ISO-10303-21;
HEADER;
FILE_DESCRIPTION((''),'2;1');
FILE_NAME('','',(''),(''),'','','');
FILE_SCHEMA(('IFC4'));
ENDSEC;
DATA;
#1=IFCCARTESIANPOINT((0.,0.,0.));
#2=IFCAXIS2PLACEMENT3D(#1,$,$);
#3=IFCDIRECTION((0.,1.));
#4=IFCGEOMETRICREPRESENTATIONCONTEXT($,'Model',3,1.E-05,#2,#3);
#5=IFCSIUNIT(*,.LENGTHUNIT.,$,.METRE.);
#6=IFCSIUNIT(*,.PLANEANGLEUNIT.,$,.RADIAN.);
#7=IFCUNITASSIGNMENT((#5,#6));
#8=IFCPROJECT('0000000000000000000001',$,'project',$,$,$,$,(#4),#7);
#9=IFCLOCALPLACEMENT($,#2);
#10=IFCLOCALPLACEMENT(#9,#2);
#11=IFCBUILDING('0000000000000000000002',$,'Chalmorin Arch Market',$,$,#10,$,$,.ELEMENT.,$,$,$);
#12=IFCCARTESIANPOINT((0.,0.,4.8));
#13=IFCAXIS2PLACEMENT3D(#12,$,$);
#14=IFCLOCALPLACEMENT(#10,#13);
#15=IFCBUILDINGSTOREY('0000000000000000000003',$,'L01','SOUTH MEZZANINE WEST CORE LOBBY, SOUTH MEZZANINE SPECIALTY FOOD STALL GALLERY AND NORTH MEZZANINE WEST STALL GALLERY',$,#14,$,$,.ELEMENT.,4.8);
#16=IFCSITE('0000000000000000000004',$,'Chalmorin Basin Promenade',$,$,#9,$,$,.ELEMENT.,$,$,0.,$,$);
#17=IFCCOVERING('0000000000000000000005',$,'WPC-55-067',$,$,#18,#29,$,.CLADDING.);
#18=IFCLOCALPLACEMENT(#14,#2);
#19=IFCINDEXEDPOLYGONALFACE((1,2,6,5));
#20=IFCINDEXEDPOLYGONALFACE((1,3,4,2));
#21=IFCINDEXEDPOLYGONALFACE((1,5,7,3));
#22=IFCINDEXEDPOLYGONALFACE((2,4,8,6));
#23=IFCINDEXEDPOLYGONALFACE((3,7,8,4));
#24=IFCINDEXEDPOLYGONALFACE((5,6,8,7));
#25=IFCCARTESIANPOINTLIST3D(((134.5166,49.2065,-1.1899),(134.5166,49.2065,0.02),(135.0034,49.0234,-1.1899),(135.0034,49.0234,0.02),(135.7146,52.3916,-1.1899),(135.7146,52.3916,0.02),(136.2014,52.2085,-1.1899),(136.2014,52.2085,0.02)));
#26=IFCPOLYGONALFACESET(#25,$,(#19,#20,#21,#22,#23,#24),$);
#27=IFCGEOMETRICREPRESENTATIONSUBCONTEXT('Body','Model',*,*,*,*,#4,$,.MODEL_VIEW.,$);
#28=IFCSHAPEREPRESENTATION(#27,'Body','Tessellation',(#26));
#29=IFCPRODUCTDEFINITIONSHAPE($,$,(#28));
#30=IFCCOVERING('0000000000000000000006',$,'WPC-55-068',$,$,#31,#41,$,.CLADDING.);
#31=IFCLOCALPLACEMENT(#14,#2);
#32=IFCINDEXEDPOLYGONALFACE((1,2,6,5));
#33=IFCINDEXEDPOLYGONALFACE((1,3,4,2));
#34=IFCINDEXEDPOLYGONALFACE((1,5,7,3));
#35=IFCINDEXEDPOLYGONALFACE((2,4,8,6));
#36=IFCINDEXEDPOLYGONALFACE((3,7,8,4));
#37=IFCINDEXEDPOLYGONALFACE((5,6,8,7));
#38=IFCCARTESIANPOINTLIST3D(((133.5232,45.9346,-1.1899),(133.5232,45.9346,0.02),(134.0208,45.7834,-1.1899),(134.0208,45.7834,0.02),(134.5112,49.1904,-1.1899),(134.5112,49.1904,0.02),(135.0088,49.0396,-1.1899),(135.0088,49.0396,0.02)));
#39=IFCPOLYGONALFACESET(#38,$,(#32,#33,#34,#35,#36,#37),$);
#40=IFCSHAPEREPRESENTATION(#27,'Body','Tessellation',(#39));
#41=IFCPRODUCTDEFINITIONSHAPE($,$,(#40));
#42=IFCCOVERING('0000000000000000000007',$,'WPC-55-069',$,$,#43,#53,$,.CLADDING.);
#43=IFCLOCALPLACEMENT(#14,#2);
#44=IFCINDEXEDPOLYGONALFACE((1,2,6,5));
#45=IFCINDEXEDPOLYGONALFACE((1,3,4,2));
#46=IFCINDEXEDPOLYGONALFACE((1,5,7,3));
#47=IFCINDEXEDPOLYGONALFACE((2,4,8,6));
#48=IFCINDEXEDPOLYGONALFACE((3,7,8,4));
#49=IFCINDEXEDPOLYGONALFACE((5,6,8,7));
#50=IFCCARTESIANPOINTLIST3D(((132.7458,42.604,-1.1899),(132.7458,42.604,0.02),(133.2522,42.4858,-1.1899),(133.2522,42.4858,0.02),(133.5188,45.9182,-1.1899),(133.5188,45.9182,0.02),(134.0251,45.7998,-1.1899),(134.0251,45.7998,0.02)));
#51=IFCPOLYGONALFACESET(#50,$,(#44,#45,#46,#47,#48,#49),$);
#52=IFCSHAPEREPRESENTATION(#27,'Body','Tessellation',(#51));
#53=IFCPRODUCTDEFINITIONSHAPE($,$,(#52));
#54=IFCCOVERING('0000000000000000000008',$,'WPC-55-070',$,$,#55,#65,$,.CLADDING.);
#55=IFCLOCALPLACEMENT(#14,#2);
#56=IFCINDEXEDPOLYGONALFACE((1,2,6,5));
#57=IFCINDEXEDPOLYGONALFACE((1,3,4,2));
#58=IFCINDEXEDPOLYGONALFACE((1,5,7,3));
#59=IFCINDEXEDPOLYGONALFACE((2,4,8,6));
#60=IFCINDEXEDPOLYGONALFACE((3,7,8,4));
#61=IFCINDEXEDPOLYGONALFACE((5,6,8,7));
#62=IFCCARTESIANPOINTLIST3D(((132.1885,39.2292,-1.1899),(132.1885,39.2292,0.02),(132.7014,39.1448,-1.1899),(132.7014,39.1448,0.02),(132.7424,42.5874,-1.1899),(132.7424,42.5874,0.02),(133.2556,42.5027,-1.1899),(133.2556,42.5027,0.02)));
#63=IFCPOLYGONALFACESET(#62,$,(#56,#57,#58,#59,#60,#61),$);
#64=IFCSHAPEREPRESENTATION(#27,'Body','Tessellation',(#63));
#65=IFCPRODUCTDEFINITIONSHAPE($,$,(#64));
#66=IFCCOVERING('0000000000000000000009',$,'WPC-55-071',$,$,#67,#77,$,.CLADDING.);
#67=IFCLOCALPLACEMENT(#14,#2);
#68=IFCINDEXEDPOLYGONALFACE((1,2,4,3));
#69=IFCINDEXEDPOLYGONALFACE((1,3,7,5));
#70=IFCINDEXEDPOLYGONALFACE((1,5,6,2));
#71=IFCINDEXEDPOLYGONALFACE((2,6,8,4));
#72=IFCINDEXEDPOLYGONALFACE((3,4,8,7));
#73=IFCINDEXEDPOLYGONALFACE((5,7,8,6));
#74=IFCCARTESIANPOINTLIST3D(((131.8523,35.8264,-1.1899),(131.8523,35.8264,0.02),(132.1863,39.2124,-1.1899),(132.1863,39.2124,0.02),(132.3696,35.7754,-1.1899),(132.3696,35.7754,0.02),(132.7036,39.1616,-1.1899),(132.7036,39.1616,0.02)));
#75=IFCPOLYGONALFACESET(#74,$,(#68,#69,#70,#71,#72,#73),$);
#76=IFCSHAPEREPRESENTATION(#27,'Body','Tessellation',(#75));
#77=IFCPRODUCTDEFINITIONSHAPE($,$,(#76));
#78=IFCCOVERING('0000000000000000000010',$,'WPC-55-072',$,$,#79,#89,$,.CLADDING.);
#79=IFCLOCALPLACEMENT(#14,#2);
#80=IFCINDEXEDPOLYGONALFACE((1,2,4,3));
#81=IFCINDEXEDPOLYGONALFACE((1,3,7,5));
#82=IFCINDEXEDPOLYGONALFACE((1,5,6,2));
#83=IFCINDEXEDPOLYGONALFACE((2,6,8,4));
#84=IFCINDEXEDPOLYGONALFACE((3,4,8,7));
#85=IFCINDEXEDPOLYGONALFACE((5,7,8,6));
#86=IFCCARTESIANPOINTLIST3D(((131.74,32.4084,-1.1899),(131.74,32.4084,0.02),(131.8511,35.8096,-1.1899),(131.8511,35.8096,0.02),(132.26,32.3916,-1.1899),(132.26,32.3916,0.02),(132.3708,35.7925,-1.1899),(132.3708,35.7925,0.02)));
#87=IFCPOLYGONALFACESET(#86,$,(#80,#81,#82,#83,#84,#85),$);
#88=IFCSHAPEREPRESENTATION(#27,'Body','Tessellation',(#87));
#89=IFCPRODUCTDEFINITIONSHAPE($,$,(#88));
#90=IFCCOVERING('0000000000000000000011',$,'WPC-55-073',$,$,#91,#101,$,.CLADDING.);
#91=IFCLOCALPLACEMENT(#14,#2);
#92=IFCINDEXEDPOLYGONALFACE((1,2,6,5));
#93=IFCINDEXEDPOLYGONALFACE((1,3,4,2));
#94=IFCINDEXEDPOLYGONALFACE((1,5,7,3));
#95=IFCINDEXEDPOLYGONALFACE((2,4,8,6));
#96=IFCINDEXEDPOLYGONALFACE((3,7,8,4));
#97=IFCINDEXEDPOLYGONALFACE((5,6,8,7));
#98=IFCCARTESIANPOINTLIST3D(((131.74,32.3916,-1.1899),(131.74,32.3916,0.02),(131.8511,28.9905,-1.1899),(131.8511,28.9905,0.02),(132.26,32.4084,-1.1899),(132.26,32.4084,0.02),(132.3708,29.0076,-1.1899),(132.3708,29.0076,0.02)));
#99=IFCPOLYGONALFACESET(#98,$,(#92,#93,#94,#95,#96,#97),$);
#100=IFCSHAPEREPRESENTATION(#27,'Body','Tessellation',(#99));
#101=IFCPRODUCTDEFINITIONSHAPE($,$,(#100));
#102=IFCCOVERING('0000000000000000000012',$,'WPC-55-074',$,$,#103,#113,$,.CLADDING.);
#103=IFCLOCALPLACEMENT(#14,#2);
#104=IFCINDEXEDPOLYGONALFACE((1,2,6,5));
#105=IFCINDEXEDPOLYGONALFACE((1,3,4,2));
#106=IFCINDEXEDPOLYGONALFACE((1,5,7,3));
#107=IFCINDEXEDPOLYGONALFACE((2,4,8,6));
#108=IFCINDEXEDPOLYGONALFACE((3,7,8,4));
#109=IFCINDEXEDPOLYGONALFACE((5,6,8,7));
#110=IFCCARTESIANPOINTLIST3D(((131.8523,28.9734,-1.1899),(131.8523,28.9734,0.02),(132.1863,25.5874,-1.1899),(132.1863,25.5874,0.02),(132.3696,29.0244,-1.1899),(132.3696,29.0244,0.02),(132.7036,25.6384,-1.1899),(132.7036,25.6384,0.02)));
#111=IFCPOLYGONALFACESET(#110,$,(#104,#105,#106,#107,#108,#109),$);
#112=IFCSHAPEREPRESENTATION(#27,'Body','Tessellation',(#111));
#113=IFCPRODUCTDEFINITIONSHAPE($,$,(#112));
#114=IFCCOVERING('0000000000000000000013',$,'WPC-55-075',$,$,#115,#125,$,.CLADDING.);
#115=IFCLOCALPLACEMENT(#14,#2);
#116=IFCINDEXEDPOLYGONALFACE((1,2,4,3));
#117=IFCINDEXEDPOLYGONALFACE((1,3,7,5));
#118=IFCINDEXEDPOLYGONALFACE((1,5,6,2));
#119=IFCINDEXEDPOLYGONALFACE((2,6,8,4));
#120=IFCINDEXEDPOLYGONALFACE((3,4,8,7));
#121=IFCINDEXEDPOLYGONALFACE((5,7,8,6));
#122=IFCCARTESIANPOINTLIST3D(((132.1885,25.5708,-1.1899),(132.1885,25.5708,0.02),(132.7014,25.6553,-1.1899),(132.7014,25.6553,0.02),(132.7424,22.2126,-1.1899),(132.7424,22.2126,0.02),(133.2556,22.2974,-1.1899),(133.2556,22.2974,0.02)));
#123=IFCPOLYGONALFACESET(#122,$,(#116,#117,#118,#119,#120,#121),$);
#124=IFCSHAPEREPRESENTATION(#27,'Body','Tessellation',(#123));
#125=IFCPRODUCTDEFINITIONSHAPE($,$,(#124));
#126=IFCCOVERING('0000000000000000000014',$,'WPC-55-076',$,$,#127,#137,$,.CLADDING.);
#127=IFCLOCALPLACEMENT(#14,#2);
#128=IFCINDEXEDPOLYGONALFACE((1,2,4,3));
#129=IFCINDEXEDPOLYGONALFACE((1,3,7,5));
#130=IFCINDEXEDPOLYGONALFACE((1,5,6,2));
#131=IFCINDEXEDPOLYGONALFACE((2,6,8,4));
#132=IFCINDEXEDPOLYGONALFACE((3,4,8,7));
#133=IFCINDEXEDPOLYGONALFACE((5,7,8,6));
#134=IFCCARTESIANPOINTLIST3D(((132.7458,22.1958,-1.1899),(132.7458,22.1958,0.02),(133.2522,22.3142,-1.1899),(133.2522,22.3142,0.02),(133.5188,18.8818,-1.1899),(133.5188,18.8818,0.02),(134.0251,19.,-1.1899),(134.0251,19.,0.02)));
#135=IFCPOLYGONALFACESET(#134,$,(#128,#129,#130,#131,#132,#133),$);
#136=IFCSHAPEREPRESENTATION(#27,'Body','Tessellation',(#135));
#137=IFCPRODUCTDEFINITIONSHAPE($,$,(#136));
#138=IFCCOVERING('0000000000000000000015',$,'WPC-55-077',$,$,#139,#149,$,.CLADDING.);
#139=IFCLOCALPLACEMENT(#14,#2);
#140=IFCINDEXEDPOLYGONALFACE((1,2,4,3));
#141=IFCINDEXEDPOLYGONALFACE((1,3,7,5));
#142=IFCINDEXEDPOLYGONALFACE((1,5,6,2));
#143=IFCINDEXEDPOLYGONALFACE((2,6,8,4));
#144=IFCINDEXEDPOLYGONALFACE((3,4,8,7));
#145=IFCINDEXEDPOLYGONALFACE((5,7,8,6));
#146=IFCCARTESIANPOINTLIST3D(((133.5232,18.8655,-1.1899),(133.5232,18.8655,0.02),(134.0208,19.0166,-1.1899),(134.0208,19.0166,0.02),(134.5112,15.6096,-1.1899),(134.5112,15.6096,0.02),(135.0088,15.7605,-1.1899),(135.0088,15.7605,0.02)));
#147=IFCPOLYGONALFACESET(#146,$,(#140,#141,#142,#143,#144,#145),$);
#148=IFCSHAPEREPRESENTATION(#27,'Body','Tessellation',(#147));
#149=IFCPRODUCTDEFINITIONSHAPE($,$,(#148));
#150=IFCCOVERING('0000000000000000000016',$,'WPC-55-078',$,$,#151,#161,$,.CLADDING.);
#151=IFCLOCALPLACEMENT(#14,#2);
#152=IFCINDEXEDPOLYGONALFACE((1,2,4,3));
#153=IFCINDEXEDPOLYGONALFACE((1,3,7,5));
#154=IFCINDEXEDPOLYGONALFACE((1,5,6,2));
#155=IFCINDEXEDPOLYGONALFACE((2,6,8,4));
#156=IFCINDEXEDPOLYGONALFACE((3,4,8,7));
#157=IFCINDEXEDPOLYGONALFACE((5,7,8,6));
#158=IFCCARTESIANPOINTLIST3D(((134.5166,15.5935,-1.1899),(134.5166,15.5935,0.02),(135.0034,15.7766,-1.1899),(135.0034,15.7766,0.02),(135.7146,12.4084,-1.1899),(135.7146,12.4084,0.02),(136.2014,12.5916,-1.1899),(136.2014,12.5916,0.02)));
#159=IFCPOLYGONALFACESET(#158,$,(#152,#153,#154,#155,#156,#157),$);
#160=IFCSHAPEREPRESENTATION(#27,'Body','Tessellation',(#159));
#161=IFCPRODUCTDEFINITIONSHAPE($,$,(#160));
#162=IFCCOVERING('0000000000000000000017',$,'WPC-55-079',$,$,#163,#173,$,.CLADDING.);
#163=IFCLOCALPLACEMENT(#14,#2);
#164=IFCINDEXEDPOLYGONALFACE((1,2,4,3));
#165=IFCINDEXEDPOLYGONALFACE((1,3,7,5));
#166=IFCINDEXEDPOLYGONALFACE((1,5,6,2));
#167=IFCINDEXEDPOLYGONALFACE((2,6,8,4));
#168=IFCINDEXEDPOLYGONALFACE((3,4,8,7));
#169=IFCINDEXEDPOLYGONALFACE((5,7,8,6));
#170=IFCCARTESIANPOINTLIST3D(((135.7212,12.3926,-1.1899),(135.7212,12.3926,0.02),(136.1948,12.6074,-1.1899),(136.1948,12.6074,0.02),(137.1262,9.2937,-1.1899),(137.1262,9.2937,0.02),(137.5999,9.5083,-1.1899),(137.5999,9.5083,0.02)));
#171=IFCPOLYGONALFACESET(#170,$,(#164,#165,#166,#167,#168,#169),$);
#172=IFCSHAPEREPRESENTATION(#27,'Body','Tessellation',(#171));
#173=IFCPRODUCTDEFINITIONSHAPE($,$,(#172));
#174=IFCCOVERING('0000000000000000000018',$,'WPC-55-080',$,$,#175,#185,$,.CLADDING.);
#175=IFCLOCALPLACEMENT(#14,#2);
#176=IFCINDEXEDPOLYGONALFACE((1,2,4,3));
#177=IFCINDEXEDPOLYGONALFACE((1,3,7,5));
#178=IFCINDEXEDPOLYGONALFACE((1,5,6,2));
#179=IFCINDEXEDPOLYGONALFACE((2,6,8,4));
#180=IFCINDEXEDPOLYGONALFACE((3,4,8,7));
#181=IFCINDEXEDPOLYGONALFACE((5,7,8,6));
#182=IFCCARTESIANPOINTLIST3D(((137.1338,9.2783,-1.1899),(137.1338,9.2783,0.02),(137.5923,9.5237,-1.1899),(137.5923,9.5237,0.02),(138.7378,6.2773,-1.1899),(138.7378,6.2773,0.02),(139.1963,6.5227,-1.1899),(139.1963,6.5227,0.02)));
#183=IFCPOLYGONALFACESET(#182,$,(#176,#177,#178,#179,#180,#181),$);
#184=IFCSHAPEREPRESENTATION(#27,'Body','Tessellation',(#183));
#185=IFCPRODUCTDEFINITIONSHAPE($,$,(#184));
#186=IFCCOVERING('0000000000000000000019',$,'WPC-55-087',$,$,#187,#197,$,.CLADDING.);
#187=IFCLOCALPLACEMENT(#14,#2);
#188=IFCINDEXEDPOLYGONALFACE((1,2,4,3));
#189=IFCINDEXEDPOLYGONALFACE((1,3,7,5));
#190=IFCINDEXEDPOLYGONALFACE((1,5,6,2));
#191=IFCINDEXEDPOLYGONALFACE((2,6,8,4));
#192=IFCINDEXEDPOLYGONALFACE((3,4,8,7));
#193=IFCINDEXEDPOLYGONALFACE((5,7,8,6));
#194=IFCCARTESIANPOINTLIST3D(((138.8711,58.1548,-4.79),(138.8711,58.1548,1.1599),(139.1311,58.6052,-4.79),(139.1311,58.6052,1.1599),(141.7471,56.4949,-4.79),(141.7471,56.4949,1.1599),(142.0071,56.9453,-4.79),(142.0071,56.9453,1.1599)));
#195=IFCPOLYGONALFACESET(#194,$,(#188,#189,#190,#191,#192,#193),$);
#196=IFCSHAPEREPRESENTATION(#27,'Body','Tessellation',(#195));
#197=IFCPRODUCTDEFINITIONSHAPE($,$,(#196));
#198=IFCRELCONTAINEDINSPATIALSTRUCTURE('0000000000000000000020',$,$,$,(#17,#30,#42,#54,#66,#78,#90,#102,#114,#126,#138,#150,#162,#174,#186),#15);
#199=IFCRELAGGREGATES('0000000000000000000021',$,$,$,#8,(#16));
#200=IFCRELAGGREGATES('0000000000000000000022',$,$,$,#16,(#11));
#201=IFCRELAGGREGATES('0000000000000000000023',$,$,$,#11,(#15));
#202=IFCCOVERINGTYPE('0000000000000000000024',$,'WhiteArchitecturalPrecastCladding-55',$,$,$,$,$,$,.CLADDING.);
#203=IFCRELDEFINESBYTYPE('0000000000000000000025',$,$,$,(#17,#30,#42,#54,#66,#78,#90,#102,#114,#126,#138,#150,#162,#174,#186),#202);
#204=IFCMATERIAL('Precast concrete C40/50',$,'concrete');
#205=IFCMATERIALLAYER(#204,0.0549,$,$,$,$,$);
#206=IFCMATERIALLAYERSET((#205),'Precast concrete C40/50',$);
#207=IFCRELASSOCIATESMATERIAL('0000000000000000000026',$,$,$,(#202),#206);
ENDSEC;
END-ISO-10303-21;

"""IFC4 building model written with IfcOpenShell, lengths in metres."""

from ifc_helpers import new_model, si_unit, direction, frame, origin, place, context, subcontext, project, spatial, polyline, outline, extrude, material, layer, layer_set, type_object, element, save


model = new_model("IFC4")

# Units and contexts
model_context = context("Model", 3, precision=1e-05, world=origin(), true_north=direction((0.0, 1.0)))
body_context = subcontext(model_context, "Body", "Model", "MODEL_VIEW")
ifc_project = project(units=[si_unit("LENGTHUNIT", "METRE"), si_unit("PLANEANGLEUNIT", "RADIAN")], contexts=[model_context])

# Site, building, storey
site_placement = place(None, origin())
site = spatial("IfcSite", under=ifc_project, at=site_placement, Name="Chalmorin Basin Promenade", CompositionType="ELEMENT", RefElevation=0.0)
building_placement = place(site_placement, origin())
building = spatial("IfcBuilding", under=site, at=building_placement, Name="Chalmorin Arch Market", CompositionType="ELEMENT")
storey_placement = place(building_placement, frame((0.0, 0.0, 4.8)))
storey = spatial("IfcBuildingStorey", under=building, at=storey_placement, Name="L01", Description="SOUTH MEZZANINE WEST CORE LOBBY, SOUTH MEZZANINE SPECIALTY FOOD STALL GALLERY AND NORTH MEZZANINE WEST STALL GALLERY", CompositionType="ELEMENT", Elevation=4.8)

# Coverings
ifc_material_1 = material(Name="Precast concrete C40/50", Category="concrete")
ifc_layer_1 = layer(ifc_material_1, 0.0549)
ifc_layer_set_1 = layer_set([ifc_layer_1], Name="Precast concrete C40/50")
covering_type = type_object("IfcCoveringType", Name="WhiteArchitecturalPrecastCladding-55", PredefinedType="CLADDING", material=ifc_layer_set_1)
covering_1_placement = place(storey_placement, frame((0.0, 0.0, -1.1899)))
element("IfcCovering", 1, at=covering_1_placement, inside=storey, type_object=covering_type, Name="WPC-55-067", PredefinedType="CLADDING", context=body_context, shape_type="SweptSolid", body=[
    extrude(outline(polyline([(135.7146, 52.3916), (134.5166, 49.2065), (135.0034, 49.0234), (136.2014, 52.2085), (135.7146, 52.3916)])), origin(), (0.0, 0.0, 1.0), 1.21),
])
covering_2_placement = place(storey_placement, frame((0.0, 0.0, -1.1899)))
element("IfcCovering", 2, at=covering_2_placement, inside=storey, type_object=covering_type, Name="WPC-55-068", PredefinedType="CLADDING", context=body_context, shape_type="SweptSolid", body=[
    extrude(outline(polyline([(134.5112, 49.1904), (133.5232, 45.9346), (134.0208, 45.7834), (135.0088, 49.0396), (134.5112, 49.1904)])), origin(), (0.0, 0.0, 1.0), 1.21),
])
covering_3_placement = place(storey_placement, frame((0.0, 0.0, -1.1899)))
element("IfcCovering", 3, at=covering_3_placement, inside=storey, type_object=covering_type, Name="WPC-55-069", PredefinedType="CLADDING", context=body_context, shape_type="SweptSolid", body=[
    extrude(outline(polyline([(133.5188, 45.9182), (132.7458, 42.604), (133.2522, 42.4858), (134.0251, 45.7998), (133.5188, 45.9182)])), origin(), (0.0, 0.0, 1.0), 1.21),
])
covering_4_placement = place(storey_placement, frame((0.0, 0.0, -1.1899)))
element("IfcCovering", 4, at=covering_4_placement, inside=storey, type_object=covering_type, Name="WPC-55-070", PredefinedType="CLADDING", context=body_context, shape_type="SweptSolid", body=[
    extrude(outline(polyline([(132.7424, 42.5874), (132.1885, 39.2292), (132.7014, 39.1448), (133.2556, 42.5027), (132.7424, 42.5874)])), origin(), (0.0, 0.0, 1.0), 1.21),
])
covering_5_placement = place(storey_placement, frame((0.0, 0.0, -1.1899)))
element("IfcCovering", 5, at=covering_5_placement, inside=storey, type_object=covering_type, Name="WPC-55-071", PredefinedType="CLADDING", context=body_context, shape_type="SweptSolid", body=[
    extrude(outline(polyline([(132.1863, 39.2124), (131.8523, 35.8264), (132.3696, 35.7754), (132.7036, 39.1616), (132.1863, 39.2124)])), origin(), (0.0, 0.0, 1.0), 1.21),
])
covering_6_placement = place(storey_placement, frame((0.0, 0.0, -1.1899)))
element("IfcCovering", 6, at=covering_6_placement, inside=storey, type_object=covering_type, Name="WPC-55-072", PredefinedType="CLADDING", context=body_context, shape_type="SweptSolid", body=[
    extrude(outline(polyline([(131.8511, 35.8096), (131.74, 32.4084), (132.26, 32.3916), (132.3708, 35.7925), (131.8511, 35.8096)])), origin(), (0.0, 0.0, 1.0), 1.21),
])
covering_7_placement = place(storey_placement, frame((0.0, 0.0, -1.1899)))
element("IfcCovering", 7, at=covering_7_placement, inside=storey, type_object=covering_type, Name="WPC-55-073", PredefinedType="CLADDING", context=body_context, shape_type="SweptSolid", body=[
    extrude(outline(polyline([(131.74, 32.3916), (131.8511, 28.9905), (132.3708, 29.0076), (132.26, 32.4084), (131.74, 32.3916)])), origin(), (0.0, 0.0, 1.0), 1.21),
])
covering_8_placement = place(storey_placement, frame((0.0, 0.0, -1.1899)))
element("IfcCovering", 8, at=covering_8_placement, inside=storey, type_object=covering_type, Name="WPC-55-074", PredefinedType="CLADDING", context=body_context, shape_type="SweptSolid", body=[
    extrude(outline(polyline([(131.8523, 28.9734), (132.1863, 25.5874), (132.7036, 25.6384), (132.3696, 29.0244), (131.8523, 28.9734)])), origin(), (0.0, 0.0, 1.0), 1.21),
])
covering_9_placement = place(storey_placement, frame((0.0, 0.0, -1.1899)))
element("IfcCovering", 9, at=covering_9_placement, inside=storey, type_object=covering_type, Name="WPC-55-075", PredefinedType="CLADDING", context=body_context, shape_type="SweptSolid", body=[
    extrude(outline(polyline([(132.1885, 25.5708), (132.7424, 22.2126), (133.2556, 22.2974), (132.7014, 25.6553), (132.1885, 25.5708)])), origin(), (0.0, 0.0, 1.0), 1.21),
])
covering_10_placement = place(storey_placement, frame((0.0, 0.0, -1.1899)))
element("IfcCovering", 10, at=covering_10_placement, inside=storey, type_object=covering_type, Name="WPC-55-076", PredefinedType="CLADDING", context=body_context, shape_type="SweptSolid", body=[
    extrude(outline(polyline([(132.7458, 22.1958), (133.5188, 18.8818), (134.0251, 19.0), (133.2522, 22.3142), (132.7458, 22.1958)])), origin(), (0.0, 0.0, 1.0), 1.21),
])
covering_11_placement = place(storey_placement, frame((0.0, 0.0, -1.1899)))
element("IfcCovering", 11, at=covering_11_placement, inside=storey, type_object=covering_type, Name="WPC-55-077", PredefinedType="CLADDING", context=body_context, shape_type="SweptSolid", body=[
    extrude(outline(polyline([(133.5232, 18.8655), (134.5112, 15.6096), (135.0088, 15.7605), (134.0208, 19.0166), (133.5232, 18.8655)])), origin(), (0.0, 0.0, 1.0), 1.21),
])
covering_12_placement = place(storey_placement, frame((0.0, 0.0, -1.1899)))
element("IfcCovering", 12, at=covering_12_placement, inside=storey, type_object=covering_type, Name="WPC-55-078", PredefinedType="CLADDING", context=body_context, shape_type="SweptSolid", body=[
    extrude(outline(polyline([(134.5166, 15.5935), (135.7146, 12.4084), (136.2014, 12.5916), (135.0034, 15.7766), (134.5166, 15.5935)])), origin(), (0.0, 0.0, 1.0), 1.21),
])
covering_13_placement = place(storey_placement, frame((0.0, 0.0, -1.1899)))
element("IfcCovering", 13, at=covering_13_placement, inside=storey, type_object=covering_type, Name="WPC-55-079", PredefinedType="CLADDING", context=body_context, shape_type="SweptSolid", body=[
    extrude(outline(polyline([(135.7212, 12.3926), (137.1262, 9.2937), (137.5999, 9.5083), (136.1948, 12.6074), (135.7212, 12.3926)])), origin(), (0.0, 0.0, 1.0), 1.21),
])
covering_14_placement = place(storey_placement, frame((0.0, 0.0, -1.1899)))
element("IfcCovering", 14, at=covering_14_placement, inside=storey, type_object=covering_type, Name="WPC-55-080", PredefinedType="CLADDING", context=body_context, shape_type="SweptSolid", body=[
    extrude(outline(polyline([(137.1338, 9.2783), (138.7378, 6.2773), (139.1963, 6.5227), (137.5923, 9.5237), (137.1338, 9.2783)])), origin(), (0.0, 0.0, 1.0), 1.21),
])
covering_15_placement = place(storey_placement, frame((0.0, 0.0, -4.79)))
element("IfcCovering", 15, at=covering_15_placement, inside=storey, type_object=covering_type, Name="WPC-55-087", PredefinedType="CLADDING", context=body_context, shape_type="SweptSolid", body=[
    extrude(outline(polyline([(142.0071, 56.9453), (139.1311, 58.6052), (138.8711, 58.1548), (141.7471, 56.4949), (142.0071, 56.9453)])), origin(), (0.0, 0.0, 1.0), 5.95),
])

save(model, "model.ifc")
